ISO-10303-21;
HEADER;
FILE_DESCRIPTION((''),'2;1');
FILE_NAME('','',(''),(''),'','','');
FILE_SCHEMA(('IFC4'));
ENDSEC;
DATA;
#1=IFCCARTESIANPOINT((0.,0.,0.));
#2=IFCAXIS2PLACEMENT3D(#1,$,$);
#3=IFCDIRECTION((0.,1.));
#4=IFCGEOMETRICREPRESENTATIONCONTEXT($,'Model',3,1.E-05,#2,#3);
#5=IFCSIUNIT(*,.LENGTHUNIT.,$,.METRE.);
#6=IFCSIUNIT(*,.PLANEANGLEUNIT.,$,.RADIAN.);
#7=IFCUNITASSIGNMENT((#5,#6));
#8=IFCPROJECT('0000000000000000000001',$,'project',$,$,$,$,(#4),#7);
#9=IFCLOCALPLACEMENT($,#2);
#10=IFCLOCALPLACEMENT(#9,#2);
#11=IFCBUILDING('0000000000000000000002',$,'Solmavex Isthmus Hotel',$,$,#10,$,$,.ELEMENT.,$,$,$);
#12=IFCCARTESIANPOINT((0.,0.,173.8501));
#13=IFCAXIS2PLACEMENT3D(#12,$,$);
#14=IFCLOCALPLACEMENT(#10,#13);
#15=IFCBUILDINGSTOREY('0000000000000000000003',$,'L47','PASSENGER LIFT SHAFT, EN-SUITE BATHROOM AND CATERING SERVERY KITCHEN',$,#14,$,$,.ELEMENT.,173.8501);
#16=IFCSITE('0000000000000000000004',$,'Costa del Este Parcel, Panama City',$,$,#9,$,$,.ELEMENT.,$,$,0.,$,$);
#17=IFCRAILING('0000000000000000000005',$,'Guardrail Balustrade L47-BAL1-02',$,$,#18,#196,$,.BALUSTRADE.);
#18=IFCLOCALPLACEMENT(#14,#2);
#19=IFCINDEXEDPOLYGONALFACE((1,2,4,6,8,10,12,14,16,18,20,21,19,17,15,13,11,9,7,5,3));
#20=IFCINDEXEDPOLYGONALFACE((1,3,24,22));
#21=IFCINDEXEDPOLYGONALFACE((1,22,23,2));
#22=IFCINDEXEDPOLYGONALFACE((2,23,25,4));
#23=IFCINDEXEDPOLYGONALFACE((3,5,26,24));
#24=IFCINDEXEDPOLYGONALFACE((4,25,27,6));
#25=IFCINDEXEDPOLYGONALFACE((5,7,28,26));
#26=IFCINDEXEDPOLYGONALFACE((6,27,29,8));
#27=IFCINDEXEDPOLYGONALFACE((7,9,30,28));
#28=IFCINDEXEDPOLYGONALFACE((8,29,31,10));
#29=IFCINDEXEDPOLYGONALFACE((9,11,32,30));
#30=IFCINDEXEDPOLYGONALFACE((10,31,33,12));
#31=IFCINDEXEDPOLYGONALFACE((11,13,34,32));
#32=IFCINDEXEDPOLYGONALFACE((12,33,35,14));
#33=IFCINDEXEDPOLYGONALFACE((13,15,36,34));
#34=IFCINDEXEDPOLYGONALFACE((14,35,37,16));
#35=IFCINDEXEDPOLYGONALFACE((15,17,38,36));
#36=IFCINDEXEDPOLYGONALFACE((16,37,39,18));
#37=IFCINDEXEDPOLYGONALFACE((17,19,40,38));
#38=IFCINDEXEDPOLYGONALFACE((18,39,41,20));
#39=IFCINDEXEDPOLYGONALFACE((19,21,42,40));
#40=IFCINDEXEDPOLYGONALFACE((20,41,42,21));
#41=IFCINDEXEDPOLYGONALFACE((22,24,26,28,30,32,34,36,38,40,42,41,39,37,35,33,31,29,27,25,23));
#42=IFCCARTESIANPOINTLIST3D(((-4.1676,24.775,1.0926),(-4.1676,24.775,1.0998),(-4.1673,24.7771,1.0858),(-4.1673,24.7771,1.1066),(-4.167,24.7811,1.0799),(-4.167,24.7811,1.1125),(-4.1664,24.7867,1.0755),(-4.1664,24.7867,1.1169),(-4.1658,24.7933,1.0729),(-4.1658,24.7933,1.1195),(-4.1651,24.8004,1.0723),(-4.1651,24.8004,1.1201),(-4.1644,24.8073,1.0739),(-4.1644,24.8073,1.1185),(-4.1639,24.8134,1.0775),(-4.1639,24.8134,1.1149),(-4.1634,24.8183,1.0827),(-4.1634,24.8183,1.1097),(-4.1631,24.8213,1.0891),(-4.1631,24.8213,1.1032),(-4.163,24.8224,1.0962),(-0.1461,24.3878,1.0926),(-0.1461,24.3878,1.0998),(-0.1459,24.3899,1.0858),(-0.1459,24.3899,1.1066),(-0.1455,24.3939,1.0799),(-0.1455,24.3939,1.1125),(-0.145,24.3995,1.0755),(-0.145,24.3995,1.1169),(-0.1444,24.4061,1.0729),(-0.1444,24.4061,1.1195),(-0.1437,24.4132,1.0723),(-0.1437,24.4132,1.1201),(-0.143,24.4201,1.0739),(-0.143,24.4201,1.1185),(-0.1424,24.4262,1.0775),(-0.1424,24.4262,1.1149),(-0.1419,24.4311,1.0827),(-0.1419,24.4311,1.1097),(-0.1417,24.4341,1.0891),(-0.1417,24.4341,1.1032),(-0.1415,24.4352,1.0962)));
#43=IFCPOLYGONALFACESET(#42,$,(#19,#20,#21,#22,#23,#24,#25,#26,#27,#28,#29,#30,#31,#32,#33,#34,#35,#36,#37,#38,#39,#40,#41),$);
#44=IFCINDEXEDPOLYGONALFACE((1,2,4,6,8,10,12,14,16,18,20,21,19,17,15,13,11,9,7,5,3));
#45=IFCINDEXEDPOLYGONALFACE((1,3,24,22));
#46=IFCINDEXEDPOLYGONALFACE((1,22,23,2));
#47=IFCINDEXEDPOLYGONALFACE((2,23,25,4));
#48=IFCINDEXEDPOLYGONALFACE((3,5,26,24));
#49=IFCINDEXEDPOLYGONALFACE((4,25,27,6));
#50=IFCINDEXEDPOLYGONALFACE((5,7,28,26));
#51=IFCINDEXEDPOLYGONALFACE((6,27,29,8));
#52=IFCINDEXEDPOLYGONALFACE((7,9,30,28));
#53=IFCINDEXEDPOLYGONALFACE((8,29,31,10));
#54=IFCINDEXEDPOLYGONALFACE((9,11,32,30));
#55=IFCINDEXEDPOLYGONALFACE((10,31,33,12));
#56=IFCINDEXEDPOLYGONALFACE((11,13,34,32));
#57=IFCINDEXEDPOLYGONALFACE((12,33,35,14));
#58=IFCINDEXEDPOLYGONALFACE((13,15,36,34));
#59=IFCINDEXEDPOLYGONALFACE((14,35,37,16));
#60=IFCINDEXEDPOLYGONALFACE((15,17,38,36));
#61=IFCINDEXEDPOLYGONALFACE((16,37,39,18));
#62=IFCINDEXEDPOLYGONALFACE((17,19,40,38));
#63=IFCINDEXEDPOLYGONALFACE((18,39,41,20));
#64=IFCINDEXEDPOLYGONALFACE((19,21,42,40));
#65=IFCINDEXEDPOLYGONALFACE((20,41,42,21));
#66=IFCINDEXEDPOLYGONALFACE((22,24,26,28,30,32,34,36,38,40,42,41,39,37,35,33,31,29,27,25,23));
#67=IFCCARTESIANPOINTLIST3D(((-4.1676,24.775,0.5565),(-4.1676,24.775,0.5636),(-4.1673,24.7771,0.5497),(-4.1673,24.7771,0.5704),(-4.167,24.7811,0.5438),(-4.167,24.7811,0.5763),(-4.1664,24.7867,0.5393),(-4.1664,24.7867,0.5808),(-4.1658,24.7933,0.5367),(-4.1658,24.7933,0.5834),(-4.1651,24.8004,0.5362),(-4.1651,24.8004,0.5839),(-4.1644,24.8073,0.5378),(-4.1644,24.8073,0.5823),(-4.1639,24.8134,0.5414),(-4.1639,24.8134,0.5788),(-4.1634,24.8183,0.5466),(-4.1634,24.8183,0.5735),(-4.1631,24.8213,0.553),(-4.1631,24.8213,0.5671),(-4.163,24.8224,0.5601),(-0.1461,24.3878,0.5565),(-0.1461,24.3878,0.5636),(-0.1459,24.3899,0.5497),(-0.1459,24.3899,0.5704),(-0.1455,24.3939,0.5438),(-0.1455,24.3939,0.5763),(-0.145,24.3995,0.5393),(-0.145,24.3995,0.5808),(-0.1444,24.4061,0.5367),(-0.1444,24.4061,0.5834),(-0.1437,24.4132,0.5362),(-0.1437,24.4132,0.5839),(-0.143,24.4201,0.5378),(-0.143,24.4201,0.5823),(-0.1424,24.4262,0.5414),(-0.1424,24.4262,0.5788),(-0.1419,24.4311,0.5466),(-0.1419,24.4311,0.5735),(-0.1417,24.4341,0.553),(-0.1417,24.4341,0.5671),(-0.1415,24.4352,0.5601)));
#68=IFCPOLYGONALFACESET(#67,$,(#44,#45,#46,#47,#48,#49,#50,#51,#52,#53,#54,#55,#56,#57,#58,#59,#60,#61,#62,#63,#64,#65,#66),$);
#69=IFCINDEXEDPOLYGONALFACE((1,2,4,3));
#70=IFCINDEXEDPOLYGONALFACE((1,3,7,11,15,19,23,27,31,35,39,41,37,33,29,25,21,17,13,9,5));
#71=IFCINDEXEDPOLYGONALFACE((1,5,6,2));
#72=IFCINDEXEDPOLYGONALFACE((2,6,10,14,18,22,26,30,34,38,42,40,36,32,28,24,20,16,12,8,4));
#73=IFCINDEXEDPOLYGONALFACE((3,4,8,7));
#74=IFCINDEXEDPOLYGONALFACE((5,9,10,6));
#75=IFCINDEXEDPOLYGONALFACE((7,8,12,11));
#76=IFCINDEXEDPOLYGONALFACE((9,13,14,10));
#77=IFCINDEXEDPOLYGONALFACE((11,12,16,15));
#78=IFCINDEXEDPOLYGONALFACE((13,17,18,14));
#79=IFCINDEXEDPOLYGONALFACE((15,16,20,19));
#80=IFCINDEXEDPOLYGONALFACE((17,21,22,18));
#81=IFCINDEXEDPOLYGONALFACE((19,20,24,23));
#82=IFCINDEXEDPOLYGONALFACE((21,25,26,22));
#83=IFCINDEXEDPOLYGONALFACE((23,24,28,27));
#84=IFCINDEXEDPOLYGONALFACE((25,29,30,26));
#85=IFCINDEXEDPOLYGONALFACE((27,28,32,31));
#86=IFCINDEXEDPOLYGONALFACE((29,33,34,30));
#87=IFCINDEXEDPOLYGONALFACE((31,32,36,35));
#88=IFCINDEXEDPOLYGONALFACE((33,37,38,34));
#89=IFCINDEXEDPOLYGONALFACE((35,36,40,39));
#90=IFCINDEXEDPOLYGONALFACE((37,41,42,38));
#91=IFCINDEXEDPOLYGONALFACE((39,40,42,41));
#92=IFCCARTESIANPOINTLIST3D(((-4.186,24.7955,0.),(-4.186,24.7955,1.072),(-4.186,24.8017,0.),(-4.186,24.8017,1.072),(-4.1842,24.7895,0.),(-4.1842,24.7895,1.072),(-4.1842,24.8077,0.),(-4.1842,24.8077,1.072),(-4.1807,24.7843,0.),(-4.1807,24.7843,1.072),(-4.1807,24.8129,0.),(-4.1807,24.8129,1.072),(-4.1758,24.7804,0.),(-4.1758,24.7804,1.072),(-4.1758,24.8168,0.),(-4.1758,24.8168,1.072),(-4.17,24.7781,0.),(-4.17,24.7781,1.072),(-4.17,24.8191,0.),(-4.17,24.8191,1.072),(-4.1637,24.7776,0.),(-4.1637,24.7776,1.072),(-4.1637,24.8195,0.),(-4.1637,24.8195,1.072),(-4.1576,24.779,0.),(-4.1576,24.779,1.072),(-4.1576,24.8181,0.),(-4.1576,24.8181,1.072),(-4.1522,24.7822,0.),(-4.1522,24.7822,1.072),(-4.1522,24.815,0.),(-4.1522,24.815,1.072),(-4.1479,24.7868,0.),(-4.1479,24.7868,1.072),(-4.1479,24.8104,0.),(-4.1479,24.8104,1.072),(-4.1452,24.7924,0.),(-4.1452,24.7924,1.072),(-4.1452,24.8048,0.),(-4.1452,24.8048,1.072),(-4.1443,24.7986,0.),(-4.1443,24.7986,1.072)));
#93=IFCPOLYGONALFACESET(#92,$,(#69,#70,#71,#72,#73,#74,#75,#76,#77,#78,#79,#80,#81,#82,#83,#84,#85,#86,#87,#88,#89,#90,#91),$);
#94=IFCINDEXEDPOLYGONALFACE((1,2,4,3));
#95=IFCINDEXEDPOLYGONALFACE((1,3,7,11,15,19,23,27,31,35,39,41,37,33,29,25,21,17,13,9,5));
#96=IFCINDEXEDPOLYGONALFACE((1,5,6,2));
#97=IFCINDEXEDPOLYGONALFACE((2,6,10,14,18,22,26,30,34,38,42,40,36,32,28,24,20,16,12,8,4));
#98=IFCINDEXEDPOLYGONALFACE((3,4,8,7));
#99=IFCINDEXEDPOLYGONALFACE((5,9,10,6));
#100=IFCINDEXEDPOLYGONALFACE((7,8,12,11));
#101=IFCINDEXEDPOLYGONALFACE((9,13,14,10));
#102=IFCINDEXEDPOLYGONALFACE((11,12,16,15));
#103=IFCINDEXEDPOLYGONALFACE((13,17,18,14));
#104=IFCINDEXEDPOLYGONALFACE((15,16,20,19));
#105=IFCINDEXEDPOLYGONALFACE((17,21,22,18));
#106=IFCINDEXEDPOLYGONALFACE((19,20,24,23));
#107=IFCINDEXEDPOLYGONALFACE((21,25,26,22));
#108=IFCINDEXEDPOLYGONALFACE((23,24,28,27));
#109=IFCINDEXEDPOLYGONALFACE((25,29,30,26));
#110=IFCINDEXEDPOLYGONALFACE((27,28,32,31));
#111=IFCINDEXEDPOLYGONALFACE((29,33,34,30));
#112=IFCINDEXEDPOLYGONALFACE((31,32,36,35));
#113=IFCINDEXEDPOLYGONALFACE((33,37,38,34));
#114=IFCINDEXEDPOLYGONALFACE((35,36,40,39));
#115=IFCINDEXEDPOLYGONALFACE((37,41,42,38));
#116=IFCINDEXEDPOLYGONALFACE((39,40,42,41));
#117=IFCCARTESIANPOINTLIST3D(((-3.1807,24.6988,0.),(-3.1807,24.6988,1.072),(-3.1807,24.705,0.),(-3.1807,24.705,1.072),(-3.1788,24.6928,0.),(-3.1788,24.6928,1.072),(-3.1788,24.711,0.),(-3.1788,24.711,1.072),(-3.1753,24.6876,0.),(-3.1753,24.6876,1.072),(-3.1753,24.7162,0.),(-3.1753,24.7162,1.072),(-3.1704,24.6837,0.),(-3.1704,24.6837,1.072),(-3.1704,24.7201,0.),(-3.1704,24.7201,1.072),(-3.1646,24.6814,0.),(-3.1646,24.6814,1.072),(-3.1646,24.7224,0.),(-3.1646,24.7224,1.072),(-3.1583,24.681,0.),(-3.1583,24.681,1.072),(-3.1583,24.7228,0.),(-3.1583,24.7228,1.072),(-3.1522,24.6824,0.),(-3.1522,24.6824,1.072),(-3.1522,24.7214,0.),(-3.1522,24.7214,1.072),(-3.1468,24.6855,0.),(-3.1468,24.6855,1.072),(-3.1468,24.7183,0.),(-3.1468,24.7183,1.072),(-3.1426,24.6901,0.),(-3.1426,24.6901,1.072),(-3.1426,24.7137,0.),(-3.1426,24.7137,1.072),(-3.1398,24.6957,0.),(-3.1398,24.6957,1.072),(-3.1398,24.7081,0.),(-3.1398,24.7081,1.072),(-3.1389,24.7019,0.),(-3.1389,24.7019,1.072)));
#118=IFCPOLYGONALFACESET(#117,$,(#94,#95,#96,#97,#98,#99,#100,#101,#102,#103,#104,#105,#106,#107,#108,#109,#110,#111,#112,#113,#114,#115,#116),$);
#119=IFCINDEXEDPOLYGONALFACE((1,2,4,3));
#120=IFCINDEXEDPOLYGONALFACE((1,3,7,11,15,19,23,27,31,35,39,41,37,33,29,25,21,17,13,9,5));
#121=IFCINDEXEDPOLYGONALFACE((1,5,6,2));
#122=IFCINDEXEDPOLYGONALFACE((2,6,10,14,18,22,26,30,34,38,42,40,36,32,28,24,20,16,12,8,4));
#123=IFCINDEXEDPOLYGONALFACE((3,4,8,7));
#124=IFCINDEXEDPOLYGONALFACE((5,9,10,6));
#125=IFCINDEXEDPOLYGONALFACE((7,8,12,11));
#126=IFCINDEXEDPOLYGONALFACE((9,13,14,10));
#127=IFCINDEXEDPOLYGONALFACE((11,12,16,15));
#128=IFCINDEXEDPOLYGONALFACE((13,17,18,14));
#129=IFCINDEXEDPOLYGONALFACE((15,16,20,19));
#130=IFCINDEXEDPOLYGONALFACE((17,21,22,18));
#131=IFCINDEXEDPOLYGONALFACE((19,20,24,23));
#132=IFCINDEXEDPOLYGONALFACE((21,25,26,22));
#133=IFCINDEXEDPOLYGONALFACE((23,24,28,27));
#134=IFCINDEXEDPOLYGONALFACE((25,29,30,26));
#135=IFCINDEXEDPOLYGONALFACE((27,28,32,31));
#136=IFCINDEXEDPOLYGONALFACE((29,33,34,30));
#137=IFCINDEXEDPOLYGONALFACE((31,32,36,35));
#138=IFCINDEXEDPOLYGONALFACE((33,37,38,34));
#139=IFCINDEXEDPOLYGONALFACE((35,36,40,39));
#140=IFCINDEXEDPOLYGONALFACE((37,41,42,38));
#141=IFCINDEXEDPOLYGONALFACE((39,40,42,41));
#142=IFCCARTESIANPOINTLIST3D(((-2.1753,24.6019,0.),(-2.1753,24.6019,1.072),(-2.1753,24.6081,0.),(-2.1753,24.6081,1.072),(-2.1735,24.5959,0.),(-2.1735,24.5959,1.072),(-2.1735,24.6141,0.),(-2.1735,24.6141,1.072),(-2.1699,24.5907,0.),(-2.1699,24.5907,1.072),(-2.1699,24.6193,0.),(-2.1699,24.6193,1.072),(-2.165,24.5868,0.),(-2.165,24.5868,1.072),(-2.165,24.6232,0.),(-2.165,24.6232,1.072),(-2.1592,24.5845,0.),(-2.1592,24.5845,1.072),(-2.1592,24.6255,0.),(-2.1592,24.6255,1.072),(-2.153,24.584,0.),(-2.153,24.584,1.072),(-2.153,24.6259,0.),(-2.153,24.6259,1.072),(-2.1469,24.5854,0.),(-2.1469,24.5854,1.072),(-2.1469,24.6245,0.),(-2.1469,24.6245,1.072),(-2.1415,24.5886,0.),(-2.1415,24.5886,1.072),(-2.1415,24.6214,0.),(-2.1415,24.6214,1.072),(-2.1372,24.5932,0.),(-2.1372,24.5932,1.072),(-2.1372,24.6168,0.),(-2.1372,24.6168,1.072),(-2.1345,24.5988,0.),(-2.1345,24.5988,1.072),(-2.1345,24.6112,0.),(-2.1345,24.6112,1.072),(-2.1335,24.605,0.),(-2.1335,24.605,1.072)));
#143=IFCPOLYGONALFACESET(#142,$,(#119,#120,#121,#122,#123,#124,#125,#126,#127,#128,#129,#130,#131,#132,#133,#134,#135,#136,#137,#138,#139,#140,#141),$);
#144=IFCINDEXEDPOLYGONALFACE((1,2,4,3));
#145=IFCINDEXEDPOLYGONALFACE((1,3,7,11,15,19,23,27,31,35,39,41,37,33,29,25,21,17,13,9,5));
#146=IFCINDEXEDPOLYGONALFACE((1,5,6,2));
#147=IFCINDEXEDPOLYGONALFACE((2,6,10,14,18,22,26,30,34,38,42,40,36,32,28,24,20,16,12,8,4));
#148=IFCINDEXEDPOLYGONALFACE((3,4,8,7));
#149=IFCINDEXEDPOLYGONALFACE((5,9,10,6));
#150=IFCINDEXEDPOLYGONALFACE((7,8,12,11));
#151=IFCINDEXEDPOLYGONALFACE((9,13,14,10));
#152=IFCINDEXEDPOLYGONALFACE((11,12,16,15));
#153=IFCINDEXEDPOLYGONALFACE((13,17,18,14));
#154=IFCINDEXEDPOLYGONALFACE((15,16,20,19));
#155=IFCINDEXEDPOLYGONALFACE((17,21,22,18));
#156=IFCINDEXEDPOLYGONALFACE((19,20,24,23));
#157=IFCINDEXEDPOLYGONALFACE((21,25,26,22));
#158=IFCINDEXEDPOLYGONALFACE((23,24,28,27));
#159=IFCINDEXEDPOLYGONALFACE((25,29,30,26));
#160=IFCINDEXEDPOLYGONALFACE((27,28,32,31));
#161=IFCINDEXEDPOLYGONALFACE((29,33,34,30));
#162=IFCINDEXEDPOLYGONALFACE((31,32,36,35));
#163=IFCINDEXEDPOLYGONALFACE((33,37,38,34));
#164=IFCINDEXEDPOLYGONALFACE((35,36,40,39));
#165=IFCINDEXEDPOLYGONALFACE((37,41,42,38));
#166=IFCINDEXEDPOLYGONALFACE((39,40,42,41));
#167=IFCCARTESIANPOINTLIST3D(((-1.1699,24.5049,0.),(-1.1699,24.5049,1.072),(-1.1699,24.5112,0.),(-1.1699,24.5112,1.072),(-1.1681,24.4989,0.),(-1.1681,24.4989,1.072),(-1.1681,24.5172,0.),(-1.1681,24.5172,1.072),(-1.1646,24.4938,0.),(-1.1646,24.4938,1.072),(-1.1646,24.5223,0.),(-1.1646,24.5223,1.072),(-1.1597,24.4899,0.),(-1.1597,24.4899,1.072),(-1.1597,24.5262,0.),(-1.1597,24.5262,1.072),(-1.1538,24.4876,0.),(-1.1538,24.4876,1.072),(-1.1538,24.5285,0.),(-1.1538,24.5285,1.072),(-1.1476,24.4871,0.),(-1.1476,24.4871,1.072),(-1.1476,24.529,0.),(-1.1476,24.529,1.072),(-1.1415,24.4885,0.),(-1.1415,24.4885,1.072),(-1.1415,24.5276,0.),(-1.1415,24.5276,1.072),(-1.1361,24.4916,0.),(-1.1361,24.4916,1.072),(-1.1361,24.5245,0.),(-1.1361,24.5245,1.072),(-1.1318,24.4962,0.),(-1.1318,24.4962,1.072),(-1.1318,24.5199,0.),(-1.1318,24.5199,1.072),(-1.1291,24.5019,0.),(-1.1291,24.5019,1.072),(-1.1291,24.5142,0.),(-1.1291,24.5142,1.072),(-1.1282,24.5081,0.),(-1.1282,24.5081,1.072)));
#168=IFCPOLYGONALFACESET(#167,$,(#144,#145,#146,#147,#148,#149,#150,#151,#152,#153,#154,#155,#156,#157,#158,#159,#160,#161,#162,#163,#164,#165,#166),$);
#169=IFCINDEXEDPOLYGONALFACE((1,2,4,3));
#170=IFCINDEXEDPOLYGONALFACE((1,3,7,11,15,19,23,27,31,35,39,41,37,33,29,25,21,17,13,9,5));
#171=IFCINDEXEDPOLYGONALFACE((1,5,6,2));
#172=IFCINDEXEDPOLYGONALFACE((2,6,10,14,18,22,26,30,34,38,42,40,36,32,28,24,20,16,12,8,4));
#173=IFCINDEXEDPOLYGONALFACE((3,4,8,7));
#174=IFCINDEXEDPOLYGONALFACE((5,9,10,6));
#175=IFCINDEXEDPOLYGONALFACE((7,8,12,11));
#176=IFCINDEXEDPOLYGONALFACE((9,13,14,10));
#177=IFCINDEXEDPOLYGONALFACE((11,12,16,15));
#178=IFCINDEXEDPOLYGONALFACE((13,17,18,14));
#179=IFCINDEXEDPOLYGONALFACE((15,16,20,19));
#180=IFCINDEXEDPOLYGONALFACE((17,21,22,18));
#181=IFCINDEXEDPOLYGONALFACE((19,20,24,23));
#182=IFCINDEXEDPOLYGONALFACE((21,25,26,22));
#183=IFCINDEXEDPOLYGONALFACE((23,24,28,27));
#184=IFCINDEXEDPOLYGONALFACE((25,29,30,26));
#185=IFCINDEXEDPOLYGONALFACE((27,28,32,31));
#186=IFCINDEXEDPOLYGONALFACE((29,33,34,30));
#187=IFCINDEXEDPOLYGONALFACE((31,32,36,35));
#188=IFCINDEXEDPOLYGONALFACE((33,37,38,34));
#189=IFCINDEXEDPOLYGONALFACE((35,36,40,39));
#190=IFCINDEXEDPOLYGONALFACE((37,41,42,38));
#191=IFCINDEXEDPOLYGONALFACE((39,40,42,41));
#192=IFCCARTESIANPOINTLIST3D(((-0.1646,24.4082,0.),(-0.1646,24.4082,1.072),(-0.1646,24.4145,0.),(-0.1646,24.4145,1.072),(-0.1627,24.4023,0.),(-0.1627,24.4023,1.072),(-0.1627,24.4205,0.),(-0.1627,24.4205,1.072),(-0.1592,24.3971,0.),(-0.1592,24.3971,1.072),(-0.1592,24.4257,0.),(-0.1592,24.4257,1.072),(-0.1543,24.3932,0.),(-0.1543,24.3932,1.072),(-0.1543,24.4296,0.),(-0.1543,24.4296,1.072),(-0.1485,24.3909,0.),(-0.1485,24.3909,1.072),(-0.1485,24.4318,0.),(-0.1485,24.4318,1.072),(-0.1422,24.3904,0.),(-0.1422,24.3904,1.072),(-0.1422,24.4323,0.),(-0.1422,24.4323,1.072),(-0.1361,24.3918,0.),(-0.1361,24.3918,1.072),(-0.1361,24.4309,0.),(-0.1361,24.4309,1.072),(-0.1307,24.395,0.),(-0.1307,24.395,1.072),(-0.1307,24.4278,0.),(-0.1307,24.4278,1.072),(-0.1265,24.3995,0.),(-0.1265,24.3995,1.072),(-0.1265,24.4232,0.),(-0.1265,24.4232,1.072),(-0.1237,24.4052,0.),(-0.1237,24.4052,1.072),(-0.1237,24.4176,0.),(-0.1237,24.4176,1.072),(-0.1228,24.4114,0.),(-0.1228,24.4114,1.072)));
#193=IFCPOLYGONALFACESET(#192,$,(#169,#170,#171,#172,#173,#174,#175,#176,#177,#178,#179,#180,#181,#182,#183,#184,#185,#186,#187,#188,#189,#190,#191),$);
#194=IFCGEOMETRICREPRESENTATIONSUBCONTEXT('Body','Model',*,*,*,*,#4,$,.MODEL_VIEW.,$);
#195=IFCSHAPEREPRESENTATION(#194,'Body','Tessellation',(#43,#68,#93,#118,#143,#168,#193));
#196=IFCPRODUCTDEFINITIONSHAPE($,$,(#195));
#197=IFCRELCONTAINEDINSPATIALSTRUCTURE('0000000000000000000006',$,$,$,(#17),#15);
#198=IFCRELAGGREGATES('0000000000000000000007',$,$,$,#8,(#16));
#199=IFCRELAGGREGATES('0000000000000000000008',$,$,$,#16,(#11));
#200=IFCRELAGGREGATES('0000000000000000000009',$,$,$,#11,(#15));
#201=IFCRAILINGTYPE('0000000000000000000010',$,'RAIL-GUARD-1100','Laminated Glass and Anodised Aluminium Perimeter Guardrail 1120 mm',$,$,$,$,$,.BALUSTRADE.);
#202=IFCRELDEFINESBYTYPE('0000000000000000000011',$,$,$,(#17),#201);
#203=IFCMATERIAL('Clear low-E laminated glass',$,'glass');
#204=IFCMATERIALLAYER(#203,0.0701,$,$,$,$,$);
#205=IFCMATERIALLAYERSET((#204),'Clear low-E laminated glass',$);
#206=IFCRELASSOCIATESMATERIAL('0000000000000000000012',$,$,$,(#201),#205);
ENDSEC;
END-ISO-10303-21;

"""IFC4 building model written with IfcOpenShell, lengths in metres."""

from ifc_helpers import new_model, si_unit, direction, frame, origin, origin_2d, place, context, subcontext, project, spatial, circle, extrude, material, layer, layer_set, type_object, element, save


model = new_model("IFC4")

# Units and contexts
model_context = context("Model", 3, precision=1e-05, world=origin(), true_north=direction((0.0, 1.0)))
body_context = subcontext(model_context, "Body", "Model", "MODEL_VIEW")
ifc_project = project(units=[si_unit("LENGTHUNIT", "METRE"), si_unit("PLANEANGLEUNIT", "RADIAN")], contexts=[model_context])

# Site, building, storey
site_placement = place(None, origin())
site = spatial("IfcSite", under=ifc_project, at=site_placement, Name="Costa del Este Parcel, Panama City", CompositionType="ELEMENT", RefElevation=0.0)
building_placement = place(site_placement, origin())
building = spatial("IfcBuilding", under=site, at=building_placement, Name="Solmavex Isthmus Hotel", CompositionType="ELEMENT")
storey_placement = place(building_placement, frame((0.0, 0.0, 173.8501)))
storey = spatial("IfcBuildingStorey", under=building, at=storey_placement, Name="L47", Description="PASSENGER LIFT SHAFT, EN-SUITE BATHROOM AND CATERING SERVERY KITCHEN", CompositionType="ELEMENT", Elevation=173.8501)

# Shared definitions
ifc_material_1 = material(Name="Clear low-E laminated glass", Category="glass")

# Railing
ifc_layer_1 = layer(ifc_material_1, 0.0701)
ifc_layer_set_1 = layer_set([ifc_layer_1], Name="Clear low-E laminated glass")
railing_type = type_object("IfcRailingType", Name="RAIL-GUARD-1100", Description="Laminated Glass and Anodised Aluminium Perimeter Guardrail 1120 mm", PredefinedType="BALUSTRADE", material=ifc_layer_set_1)
railing_1_placement = place(storey_placement, frame((-4.1653, 24.7986, 0.0)))
element("IfcRailing", 1, at=railing_1_placement, inside=storey, type_object=railing_type, Name="Guardrail Balustrade L47-BAL1-02", PredefinedType="BALUSTRADE", context=body_context, shape_type="SweptSolid", body=[
    extrude(circle(Radius=0.0239, at=origin_2d()), frame((0.0, 0.0, 1.0962), z_axis=(0.995397, -0.095841, 0.0), x_axis=(0.095841, 0.995397, 0.0)), (0.0, 0.0, 1.0), 4.04),
    extrude(circle(Radius=0.0239, at=origin_2d()), frame((0.0, 0.0, 0.5601), z_axis=(0.995397, -0.095841, 0.0), x_axis=(0.095841, 0.995397, 0.0)), (0.0, 0.0, 1.0), 4.04),
    extrude(circle(Radius=0.021, at=origin_2d()), origin(), (0.0, 0.0, 1.0), 1.072),
    extrude(circle(Radius=0.021, at=origin_2d()), frame((1.0054, -0.0967, 0.0)), (0.0, 0.0, 1.0), 1.072),
    extrude(circle(Radius=0.021, at=origin_2d()), frame((2.0107, -0.1936, 0.0)), (0.0, 0.0, 1.0), 1.072),
    extrude(circle(Radius=0.021, at=origin_2d()), frame((3.0161, -0.2905, 0.0)), (0.0, 0.0, 1.0), 1.072),
    extrude(circle(Radius=0.021, at=origin_2d()), frame((4.0215, -0.3872, 0.0)), (0.0, 0.0, 1.0), 1.072),
])

save(model, "model.ifc")
